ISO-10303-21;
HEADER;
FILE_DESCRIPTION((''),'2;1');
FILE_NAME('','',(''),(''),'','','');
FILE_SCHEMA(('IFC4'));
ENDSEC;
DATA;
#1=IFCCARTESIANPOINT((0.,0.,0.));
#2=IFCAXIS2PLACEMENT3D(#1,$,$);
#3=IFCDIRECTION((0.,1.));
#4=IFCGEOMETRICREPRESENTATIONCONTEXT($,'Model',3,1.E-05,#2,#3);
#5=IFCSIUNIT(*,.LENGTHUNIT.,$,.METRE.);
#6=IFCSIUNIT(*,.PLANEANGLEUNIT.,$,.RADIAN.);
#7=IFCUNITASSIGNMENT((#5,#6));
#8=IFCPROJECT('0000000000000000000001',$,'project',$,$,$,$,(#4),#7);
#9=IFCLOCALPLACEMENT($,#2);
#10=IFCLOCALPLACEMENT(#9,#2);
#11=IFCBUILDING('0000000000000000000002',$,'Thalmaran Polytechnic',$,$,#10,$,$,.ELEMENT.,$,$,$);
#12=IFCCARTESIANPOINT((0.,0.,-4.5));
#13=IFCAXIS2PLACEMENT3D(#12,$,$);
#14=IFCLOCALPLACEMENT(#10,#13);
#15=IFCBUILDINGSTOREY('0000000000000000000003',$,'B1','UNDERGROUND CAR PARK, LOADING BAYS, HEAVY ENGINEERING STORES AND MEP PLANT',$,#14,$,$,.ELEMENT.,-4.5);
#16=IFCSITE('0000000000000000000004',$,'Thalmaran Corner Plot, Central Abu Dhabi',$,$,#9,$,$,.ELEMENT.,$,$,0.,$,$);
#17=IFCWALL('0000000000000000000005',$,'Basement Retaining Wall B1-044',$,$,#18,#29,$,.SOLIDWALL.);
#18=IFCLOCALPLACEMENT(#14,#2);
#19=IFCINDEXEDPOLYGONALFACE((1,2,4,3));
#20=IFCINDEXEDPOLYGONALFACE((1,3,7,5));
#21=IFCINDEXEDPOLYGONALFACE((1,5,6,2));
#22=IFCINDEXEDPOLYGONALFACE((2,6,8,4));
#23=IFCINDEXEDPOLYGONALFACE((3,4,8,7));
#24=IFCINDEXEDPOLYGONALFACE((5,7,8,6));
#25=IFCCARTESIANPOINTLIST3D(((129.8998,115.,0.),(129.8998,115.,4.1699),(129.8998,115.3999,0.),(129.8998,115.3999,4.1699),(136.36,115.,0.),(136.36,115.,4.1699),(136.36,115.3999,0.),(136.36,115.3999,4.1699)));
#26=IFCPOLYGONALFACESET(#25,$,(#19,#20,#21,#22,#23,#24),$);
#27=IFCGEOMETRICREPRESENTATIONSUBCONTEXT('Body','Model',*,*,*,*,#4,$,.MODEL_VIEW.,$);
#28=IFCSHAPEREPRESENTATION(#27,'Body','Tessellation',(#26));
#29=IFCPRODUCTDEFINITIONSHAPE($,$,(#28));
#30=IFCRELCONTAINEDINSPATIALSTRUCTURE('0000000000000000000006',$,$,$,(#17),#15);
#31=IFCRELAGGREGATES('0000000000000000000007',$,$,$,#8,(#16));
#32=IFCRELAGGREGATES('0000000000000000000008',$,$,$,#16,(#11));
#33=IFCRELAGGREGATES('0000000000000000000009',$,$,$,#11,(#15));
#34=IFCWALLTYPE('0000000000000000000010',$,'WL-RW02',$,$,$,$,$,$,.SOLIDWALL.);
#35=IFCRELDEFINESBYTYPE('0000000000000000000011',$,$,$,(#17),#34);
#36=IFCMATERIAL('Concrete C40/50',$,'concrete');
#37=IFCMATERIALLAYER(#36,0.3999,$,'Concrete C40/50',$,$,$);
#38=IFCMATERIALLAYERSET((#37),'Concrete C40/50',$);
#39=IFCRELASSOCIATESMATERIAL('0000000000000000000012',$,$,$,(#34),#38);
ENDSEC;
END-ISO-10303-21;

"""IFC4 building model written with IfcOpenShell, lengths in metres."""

from ifc_helpers import new_model, si_unit, direction, frame, frame_2d, origin, place, context, subcontext, project, spatial, rectangle, extrude, material, layer, layer_set, type_object, element, save


model = new_model("IFC4")

# Units and contexts
model_context = context("Model", 3, precision=1e-05, world=origin(), true_north=direction((0.0, 1.0)))
body_context = subcontext(model_context, "Body", "Model", "MODEL_VIEW")
ifc_project = project(units=[si_unit("LENGTHUNIT", "METRE"), si_unit("PLANEANGLEUNIT", "RADIAN")], contexts=[model_context])

# Site, building, storey
site_placement = place(None, origin())
site = spatial("IfcSite", under=ifc_project, at=site_placement, Name="Thalmaran Corner Plot, Central Abu Dhabi", CompositionType="ELEMENT", RefElevation=0.0)
building_placement = place(site_placement, origin())
building = spatial("IfcBuilding", under=site, at=building_placement, Name="Thalmaran Polytechnic", CompositionType="ELEMENT")
storey_placement = place(building_placement, frame((0.0, 0.0, -4.5)))
storey = spatial("IfcBuildingStorey", under=building, at=storey_placement, Name="B1", Description="UNDERGROUND CAR PARK, LOADING BAYS, HEAVY ENGINEERING STORES AND MEP PLANT", CompositionType="ELEMENT", Elevation=-4.5)

# Shared definitions
ifc_material_1 = material(Name="Concrete C40/50", Category="concrete")

# Wall
ifc_layer = layer(ifc_material_1, 0.3999, Name="Concrete C40/50")
ifc_layer_set = layer_set([ifc_layer], Name="Concrete C40/50")
wall_type = type_object("IfcWallType", Name="WL-RW02", PredefinedType="SOLIDWALL", material=ifc_layer_set)
wall_placement = place(storey_placement, frame((129.8999, 115.2, 0.0), z_axis=(0.0, 0.0, 1.0), x_axis=(1.0, 0.0, 0.0)))
element("IfcWall", 1, at=wall_placement, inside=storey, type_object=wall_type, Name="Basement Retaining Wall B1-044", PredefinedType="SOLIDWALL", context=body_context, shape_type="SweptSolid", body=[
    extrude(rectangle(XDim=6.4602, YDim=0.3999, at=frame_2d((3.23, 0.0))), origin(), (0.0, 0.0, 1.0), 4.1699),
])

save(model, "model.ifc")
